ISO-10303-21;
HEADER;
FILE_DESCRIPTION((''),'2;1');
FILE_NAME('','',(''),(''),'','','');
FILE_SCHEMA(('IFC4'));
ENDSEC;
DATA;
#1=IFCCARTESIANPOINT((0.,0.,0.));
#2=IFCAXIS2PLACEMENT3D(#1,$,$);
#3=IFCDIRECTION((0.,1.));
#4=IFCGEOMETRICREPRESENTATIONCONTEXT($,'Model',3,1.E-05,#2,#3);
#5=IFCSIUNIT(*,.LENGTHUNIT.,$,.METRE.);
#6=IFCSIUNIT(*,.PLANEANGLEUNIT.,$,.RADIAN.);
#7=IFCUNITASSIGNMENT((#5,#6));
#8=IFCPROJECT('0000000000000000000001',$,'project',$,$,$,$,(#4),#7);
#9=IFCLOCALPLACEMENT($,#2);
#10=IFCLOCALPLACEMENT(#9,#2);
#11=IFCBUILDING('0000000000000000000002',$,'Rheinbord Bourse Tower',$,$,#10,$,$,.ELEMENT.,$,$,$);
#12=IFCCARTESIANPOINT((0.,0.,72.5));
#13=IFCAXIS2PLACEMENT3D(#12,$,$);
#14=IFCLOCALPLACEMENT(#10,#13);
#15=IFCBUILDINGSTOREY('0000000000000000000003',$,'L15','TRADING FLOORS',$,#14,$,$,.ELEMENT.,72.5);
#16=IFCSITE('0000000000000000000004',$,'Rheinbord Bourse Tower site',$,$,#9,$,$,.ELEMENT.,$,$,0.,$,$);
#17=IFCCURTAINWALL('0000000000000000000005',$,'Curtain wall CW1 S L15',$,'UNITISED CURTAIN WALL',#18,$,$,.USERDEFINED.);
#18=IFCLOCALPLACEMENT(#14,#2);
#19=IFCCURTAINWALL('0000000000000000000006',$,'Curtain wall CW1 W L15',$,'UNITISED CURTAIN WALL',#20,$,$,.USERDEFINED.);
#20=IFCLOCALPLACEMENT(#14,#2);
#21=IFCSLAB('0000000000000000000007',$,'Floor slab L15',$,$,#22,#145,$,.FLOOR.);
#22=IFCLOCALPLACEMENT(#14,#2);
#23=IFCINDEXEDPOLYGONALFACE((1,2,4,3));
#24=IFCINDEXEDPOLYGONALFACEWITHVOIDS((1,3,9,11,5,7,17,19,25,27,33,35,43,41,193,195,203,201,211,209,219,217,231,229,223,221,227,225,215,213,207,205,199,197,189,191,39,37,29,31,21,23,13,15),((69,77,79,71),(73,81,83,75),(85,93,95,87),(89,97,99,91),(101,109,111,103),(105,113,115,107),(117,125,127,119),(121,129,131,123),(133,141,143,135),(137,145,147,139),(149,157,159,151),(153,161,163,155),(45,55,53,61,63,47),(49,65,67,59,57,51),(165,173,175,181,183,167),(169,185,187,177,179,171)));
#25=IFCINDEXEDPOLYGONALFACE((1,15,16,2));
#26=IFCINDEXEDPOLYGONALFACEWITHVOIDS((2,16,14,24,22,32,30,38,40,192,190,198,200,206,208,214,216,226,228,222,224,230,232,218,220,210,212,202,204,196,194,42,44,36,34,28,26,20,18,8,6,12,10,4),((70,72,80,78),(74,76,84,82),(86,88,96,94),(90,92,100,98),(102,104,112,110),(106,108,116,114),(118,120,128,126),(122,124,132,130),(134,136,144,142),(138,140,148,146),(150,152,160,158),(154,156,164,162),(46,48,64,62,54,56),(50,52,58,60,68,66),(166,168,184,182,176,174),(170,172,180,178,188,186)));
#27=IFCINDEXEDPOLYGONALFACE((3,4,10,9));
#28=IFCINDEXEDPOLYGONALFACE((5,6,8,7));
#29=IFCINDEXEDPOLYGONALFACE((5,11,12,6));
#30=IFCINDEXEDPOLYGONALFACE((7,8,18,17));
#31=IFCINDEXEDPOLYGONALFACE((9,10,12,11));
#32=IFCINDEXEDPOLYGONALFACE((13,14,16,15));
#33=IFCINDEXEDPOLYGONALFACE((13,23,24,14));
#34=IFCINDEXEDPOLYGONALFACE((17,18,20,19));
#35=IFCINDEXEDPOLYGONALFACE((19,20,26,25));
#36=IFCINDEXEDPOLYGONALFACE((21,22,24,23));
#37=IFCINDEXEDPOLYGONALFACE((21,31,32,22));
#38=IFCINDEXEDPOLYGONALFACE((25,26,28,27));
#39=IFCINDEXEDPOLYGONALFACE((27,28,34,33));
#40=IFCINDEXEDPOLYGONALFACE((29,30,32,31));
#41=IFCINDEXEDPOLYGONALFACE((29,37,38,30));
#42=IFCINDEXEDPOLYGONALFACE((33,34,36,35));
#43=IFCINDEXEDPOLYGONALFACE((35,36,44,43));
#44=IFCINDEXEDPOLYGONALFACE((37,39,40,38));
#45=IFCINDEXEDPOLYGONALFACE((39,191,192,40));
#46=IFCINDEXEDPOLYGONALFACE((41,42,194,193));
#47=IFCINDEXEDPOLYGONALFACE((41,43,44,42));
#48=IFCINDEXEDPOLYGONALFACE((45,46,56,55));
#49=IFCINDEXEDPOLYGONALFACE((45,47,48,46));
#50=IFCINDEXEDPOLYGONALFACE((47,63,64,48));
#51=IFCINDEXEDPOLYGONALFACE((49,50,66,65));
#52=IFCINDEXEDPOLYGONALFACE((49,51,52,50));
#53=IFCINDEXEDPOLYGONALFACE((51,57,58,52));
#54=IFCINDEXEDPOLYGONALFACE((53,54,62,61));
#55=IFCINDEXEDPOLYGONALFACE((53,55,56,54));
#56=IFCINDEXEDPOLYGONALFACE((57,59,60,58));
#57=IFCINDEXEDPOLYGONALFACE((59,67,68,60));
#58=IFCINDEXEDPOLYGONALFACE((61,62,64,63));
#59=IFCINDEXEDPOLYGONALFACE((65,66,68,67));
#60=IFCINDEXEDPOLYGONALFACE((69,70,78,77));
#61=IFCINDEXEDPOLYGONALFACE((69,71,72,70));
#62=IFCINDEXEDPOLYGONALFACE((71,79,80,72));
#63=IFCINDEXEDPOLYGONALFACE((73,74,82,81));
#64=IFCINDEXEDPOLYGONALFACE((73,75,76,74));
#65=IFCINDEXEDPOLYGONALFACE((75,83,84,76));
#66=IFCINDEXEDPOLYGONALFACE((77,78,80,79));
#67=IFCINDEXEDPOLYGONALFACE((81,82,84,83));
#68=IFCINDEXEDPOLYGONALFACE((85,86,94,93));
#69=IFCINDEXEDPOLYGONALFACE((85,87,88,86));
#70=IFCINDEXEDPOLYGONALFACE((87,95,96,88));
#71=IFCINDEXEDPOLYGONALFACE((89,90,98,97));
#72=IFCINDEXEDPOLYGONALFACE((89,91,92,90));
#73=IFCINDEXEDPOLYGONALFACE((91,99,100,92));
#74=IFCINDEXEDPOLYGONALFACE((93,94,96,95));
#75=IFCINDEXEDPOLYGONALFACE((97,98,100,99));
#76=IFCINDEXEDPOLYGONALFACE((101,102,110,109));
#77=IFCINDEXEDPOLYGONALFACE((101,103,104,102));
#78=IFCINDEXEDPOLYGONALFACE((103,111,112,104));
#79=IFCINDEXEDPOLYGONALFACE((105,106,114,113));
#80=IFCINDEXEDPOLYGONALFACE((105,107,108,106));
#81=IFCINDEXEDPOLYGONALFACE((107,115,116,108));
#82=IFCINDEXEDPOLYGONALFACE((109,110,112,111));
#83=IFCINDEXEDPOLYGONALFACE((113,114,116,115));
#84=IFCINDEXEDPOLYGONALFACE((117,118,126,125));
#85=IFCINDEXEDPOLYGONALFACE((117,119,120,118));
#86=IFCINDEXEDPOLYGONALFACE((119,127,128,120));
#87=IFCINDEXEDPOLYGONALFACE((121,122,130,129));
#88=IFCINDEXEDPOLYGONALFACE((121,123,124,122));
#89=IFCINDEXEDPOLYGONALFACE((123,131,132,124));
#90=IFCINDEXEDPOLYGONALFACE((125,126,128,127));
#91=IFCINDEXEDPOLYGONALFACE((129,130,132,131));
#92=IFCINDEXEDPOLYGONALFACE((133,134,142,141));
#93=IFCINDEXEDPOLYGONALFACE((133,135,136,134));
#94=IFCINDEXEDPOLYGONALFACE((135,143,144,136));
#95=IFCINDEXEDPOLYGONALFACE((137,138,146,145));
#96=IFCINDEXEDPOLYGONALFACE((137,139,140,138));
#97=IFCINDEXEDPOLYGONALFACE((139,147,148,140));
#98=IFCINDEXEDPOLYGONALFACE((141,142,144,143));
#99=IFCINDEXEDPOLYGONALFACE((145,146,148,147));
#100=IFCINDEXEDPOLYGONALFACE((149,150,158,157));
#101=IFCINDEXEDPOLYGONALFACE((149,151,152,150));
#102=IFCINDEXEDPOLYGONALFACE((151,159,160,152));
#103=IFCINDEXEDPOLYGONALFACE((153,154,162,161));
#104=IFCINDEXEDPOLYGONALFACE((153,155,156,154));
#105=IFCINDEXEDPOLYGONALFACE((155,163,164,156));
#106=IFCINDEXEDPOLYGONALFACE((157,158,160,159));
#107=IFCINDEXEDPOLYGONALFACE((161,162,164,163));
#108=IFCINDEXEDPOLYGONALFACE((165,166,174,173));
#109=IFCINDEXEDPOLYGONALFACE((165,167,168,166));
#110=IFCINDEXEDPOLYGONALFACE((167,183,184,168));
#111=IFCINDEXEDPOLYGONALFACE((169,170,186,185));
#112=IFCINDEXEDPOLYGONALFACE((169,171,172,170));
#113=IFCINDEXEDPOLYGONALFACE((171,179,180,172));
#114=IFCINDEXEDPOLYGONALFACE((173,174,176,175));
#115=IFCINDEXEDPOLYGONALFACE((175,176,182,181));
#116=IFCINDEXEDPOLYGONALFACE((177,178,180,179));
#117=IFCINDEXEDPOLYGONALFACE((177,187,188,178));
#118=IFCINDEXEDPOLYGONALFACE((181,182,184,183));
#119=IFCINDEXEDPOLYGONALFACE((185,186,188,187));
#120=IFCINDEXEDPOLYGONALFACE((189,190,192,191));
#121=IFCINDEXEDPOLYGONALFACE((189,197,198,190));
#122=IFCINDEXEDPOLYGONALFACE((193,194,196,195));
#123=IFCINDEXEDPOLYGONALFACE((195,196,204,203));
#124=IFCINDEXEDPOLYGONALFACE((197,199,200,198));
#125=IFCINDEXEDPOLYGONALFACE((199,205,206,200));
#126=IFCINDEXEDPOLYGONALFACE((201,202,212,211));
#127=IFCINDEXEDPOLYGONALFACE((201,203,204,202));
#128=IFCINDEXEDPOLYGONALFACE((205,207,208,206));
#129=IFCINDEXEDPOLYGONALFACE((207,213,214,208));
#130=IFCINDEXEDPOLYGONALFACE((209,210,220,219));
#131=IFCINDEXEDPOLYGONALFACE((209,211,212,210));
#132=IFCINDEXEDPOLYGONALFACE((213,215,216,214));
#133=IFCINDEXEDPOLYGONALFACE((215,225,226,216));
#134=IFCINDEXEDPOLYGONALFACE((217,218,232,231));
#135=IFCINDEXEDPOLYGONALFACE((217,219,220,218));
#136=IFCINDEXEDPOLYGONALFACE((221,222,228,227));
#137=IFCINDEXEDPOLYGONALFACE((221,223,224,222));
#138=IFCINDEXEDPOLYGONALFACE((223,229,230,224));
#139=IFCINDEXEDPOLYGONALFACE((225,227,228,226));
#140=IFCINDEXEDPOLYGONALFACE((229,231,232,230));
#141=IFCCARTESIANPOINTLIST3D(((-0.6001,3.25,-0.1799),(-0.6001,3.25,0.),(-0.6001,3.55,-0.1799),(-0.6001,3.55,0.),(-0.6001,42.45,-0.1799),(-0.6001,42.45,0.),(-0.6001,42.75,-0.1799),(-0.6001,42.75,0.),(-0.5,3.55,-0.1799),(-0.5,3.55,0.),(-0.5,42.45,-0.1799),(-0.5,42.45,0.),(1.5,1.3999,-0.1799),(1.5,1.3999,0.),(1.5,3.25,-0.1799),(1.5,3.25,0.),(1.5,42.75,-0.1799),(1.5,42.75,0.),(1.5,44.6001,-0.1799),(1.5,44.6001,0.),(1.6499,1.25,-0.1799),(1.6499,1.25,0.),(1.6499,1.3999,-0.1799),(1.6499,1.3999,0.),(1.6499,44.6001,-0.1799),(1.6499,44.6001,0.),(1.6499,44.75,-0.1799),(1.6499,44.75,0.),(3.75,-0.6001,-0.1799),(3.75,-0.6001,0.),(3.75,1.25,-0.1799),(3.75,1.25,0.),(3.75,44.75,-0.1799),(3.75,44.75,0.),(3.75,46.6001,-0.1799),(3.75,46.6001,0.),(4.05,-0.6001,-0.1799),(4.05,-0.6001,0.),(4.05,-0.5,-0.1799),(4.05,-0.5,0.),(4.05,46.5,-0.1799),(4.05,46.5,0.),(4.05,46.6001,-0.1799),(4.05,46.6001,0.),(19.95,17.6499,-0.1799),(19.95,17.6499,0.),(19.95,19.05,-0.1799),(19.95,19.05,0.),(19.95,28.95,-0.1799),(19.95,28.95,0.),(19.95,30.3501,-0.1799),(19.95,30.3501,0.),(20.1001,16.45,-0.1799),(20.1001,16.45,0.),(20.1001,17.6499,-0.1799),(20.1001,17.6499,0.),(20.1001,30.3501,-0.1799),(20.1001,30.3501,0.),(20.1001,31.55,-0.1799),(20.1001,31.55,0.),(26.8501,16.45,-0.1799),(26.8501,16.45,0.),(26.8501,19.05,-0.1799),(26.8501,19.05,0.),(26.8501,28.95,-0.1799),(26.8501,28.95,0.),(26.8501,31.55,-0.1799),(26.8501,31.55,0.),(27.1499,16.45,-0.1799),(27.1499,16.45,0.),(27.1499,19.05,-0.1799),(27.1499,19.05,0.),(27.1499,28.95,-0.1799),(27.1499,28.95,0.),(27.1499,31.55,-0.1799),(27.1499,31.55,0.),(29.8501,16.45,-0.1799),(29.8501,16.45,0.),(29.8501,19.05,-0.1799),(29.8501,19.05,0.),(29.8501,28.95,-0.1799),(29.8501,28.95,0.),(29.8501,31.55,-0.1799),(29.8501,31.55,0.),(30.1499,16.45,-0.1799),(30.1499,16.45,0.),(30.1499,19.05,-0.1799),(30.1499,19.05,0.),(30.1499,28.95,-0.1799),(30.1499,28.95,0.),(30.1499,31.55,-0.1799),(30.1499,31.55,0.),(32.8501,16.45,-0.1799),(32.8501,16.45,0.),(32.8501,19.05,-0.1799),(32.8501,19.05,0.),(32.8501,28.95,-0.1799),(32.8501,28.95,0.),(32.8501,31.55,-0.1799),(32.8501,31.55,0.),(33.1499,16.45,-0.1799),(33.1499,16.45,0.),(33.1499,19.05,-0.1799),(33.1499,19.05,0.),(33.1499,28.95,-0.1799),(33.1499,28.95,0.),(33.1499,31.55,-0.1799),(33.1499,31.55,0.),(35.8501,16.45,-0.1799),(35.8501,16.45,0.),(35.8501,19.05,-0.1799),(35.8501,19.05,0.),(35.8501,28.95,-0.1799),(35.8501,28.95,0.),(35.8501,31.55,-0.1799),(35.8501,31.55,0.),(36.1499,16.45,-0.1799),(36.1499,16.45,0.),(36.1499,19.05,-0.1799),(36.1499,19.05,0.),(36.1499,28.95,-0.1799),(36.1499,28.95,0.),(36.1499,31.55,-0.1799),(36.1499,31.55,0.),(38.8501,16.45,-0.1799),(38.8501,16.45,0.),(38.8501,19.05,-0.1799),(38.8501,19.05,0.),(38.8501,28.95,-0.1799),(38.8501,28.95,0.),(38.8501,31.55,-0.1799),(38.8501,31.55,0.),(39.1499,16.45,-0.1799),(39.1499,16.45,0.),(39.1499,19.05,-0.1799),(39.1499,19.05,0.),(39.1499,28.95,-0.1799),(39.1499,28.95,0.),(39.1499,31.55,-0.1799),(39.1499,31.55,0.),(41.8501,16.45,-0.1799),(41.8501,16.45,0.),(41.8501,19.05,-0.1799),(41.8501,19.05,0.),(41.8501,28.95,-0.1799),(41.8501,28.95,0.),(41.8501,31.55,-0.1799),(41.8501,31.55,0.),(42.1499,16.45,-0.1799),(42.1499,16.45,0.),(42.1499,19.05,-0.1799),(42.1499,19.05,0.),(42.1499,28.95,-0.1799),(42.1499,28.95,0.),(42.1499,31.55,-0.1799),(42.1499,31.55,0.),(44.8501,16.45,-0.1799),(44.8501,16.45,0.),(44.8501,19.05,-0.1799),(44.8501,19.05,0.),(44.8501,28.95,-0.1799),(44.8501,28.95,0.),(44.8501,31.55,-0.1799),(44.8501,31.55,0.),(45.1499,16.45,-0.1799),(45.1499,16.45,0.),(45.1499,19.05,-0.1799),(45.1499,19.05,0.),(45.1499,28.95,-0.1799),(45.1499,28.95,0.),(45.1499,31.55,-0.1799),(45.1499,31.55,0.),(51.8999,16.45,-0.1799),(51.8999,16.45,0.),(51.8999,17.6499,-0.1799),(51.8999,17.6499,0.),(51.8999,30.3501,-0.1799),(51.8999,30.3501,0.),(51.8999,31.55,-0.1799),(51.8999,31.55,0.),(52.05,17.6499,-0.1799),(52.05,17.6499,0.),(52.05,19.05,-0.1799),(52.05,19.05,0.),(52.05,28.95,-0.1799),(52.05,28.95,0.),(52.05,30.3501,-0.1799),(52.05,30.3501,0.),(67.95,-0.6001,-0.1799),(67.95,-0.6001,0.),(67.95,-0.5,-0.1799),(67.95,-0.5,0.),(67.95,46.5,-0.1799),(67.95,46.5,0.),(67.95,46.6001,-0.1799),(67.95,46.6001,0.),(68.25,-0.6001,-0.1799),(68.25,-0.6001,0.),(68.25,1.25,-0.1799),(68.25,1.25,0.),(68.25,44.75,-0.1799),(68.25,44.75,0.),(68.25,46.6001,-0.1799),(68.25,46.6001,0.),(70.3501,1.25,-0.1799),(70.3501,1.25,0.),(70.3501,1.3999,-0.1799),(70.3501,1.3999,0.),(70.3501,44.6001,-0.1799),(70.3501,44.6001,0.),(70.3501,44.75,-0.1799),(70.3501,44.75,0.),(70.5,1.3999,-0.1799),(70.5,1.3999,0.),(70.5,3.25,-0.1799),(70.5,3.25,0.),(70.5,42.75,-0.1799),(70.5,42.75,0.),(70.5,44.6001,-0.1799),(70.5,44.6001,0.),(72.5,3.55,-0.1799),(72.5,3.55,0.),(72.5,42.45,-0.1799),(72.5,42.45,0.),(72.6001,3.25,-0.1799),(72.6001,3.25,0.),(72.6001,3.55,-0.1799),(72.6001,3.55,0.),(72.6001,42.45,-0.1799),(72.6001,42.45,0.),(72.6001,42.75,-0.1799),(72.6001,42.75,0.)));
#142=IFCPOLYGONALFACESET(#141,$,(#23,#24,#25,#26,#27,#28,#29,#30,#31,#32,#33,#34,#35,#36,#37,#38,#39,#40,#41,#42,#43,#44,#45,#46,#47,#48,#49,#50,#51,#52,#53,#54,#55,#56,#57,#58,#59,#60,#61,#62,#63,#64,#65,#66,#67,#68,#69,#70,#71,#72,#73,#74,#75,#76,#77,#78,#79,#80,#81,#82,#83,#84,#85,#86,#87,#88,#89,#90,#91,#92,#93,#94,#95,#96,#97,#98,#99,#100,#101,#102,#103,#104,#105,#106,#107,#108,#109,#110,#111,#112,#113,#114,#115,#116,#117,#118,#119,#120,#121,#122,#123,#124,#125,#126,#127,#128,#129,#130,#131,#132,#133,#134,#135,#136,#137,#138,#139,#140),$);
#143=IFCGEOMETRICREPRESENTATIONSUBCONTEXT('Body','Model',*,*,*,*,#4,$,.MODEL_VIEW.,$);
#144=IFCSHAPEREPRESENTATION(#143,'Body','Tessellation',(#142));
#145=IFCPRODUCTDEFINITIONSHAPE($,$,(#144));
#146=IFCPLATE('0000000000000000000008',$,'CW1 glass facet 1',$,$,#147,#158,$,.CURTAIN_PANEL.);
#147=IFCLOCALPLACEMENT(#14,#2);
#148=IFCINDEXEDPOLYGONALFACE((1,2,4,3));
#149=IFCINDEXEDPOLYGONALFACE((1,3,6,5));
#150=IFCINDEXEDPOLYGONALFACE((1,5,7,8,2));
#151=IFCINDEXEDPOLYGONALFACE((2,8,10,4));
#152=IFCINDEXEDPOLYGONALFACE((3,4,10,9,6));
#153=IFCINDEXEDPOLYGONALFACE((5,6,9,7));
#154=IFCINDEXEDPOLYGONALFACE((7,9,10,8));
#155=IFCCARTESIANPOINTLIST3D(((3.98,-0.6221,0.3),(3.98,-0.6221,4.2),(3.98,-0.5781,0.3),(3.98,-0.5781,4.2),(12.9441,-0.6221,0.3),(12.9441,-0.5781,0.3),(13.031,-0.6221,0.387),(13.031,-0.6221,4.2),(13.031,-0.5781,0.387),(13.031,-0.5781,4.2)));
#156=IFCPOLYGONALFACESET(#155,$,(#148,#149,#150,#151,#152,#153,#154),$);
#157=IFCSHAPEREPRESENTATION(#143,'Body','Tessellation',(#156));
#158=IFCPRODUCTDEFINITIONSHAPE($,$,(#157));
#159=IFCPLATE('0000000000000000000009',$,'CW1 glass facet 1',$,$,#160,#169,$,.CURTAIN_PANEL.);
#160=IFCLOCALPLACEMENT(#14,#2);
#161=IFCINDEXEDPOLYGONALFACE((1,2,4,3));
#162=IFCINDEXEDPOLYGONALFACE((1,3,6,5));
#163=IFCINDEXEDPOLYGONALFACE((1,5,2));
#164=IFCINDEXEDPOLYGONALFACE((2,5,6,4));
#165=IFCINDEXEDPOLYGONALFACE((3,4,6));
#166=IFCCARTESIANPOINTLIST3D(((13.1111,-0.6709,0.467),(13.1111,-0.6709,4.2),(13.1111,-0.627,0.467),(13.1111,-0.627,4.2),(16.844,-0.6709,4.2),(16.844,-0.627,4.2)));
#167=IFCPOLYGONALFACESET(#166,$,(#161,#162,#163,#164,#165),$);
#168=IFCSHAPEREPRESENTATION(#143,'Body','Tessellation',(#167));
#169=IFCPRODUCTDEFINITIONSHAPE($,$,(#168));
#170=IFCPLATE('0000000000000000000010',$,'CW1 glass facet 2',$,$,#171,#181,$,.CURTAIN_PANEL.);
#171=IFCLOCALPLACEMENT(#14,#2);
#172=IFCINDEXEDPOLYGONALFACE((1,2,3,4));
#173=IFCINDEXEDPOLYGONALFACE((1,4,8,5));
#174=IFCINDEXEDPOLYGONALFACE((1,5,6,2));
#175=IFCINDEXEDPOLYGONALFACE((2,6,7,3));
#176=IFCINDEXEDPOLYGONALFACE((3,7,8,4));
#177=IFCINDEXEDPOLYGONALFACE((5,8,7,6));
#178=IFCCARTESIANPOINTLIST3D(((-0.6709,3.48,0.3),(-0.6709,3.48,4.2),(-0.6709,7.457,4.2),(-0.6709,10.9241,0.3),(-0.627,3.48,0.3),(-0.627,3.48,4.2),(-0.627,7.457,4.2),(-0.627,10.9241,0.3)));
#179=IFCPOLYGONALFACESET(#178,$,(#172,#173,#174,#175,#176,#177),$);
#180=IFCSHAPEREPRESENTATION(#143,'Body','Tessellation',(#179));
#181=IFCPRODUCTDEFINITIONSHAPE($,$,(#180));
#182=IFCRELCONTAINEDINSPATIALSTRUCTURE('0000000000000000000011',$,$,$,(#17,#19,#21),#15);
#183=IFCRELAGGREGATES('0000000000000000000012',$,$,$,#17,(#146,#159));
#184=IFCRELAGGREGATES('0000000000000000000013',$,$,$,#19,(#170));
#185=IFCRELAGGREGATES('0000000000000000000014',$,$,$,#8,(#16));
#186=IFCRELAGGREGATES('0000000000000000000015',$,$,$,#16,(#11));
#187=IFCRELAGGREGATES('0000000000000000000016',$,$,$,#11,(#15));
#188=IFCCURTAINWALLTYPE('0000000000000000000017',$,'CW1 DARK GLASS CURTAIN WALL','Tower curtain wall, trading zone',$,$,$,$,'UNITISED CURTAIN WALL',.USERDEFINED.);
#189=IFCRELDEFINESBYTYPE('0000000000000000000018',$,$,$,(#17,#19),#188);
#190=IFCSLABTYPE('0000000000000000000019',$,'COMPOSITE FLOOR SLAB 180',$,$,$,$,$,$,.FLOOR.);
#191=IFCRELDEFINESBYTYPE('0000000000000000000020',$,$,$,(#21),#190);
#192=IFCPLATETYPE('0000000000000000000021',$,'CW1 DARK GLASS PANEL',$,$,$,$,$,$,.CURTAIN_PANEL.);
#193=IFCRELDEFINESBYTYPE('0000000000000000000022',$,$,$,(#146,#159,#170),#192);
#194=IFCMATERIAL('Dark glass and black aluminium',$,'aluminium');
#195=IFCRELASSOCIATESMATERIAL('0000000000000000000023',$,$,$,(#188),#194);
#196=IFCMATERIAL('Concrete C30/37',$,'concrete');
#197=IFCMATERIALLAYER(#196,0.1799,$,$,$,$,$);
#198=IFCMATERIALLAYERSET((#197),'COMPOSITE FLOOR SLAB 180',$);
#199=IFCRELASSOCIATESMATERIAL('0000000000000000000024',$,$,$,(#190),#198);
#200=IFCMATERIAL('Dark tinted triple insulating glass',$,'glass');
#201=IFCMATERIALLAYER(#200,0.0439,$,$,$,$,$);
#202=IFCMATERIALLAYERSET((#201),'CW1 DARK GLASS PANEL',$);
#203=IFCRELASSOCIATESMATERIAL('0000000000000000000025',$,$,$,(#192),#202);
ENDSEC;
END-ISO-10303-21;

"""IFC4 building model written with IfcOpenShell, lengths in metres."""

from ifc_helpers import new_model, si_unit, direction, frame, origin, place, context, subcontext, project, spatial, polyline, outline, extrude, material, layer, layer_set, type_object, element, aggregate, save


model = new_model("IFC4")

# Units and contexts
model_context = context("Model", 3, precision=1e-05, world=origin(), true_north=direction((0.0, 1.0)))
body_context = subcontext(model_context, "Body", "Model", "MODEL_VIEW")
ifc_project = project(units=[si_unit("LENGTHUNIT", "METRE"), si_unit("PLANEANGLEUNIT", "RADIAN")], contexts=[model_context])

# Site, building, storey
site_placement = place(None, origin())
site = spatial("IfcSite", under=ifc_project, at=site_placement, Name="Rheinbord Bourse Tower site", CompositionType="ELEMENT", RefElevation=0.0)
building_placement = place(site_placement, origin())
building = spatial("IfcBuilding", under=site, at=building_placement, Name="Rheinbord Bourse Tower", CompositionType="ELEMENT")
storey_placement = place(building_placement, frame((0.0, 0.0, 72.5)))
storey = spatial("IfcBuildingStorey", under=building, at=storey_placement, Name="L15", Description="TRADING FLOORS", CompositionType="ELEMENT", Elevation=72.5)

# Curtain wall
ifc_material_1 = material(Name="Dark glass and black aluminium", Category="aluminium")
curtain_wall_type = type_object("IfcCurtainWallType", Name="CW1 DARK GLASS CURTAIN WALL", Description="Tower curtain wall, trading zone", ElementType="UNITISED CURTAIN WALL", PredefinedType="USERDEFINED", material=ifc_material_1)
curtain_wall_1_placement = place(storey_placement, origin())
curtain_wall_1 = element("IfcCurtainWall", 1, at=curtain_wall_1_placement, inside=storey, type_object=curtain_wall_type, Name="Curtain wall CW1 S L15", ObjectType="UNITISED CURTAIN WALL", PredefinedType="USERDEFINED")

# Curtain wall
curtain_wall_2_placement = place(storey_placement, origin())
curtain_wall_2 = element("IfcCurtainWall", 2, at=curtain_wall_2_placement, inside=storey, type_object=curtain_wall_type, Name="Curtain wall CW1 W L15", ObjectType="UNITISED CURTAIN WALL", PredefinedType="USERDEFINED")

# Slab
ifc_material_2 = material(Name="Concrete C30/37", Category="concrete")
ifc_layer_1 = layer(ifc_material_2, 0.1799)
ifc_layer_set_1 = layer_set([ifc_layer_1], Name="COMPOSITE FLOOR SLAB 180")
slab_type_1 = type_object("IfcSlabType", Name="COMPOSITE FLOOR SLAB 180", PredefinedType="FLOOR", material=ifc_layer_set_1)
slab_1_placement = place(storey_placement, frame((0.0, 0.0, -0.1799)))
element("IfcSlab", 3, at=slab_1_placement, inside=storey, type_object=slab_type_1, Name="Floor slab L15", PredefinedType="FLOOR", context=body_context, shape_type="SweptSolid", body=[
    extrude(outline(polyline([(1.6499, 1.3999), (1.5, 1.3999), (1.5, 3.25), (-0.6001, 3.25), (-0.6001, 3.55), (-0.5, 3.55), (-0.5, 42.45), (-0.6001, 42.45), (-0.6001, 42.75), (1.5, 42.75), (1.5, 44.6001), (1.6499, 44.6001), (1.6499, 44.75), (3.75, 44.75), (3.75, 46.6001), (4.05, 46.6001), (4.05, 46.5), (67.95, 46.5), (67.95, 46.6001), (68.25, 46.6001), (68.25, 44.75), (70.3501, 44.75), (70.3501, 44.6001), (70.5, 44.6001), (70.5, 42.75), (72.6001, 42.75), (72.6001, 42.45), (72.5, 42.45), (72.5, 3.55), (72.6001, 3.55), (72.6001, 3.25), (70.5, 3.25), (70.5, 1.3999), (70.3501, 1.3999), (70.3501, 1.25), (68.25, 1.25), (68.25, -0.6001), (67.95, -0.6001), (67.95, -0.5), (4.05, -0.5), (4.05, -0.6001), (3.75, -0.6001), (3.75, 1.25), (1.6499, 1.25), (1.6499, 1.3999)]), holes=[polyline([(19.95, 19.05), (26.8501, 19.05), (26.8501, 16.45), (20.1001, 16.45), (20.1001, 17.6499), (19.95, 17.6499), (19.95, 19.05)]), polyline([(26.8501, 31.55), (26.8501, 28.95), (19.95, 28.95), (19.95, 30.3501), (20.1001, 30.3501), (20.1001, 31.55), (26.8501, 31.55)]), polyline([(45.1499, 16.45), (45.1499, 19.05), (52.05, 19.05), (52.05, 17.6499), (51.8999, 17.6499), (51.8999, 16.45), (45.1499, 16.45)]), polyline([(52.05, 28.95), (45.1499, 28.95), (45.1499, 31.55), (51.8999, 31.55), (51.8999, 30.3501), (52.05, 30.3501), (52.05, 28.95)]), polyline([(27.1499, 16.45), (27.1499, 19.05), (29.8501, 19.05), (29.8501, 16.45), (27.1499, 16.45)]), polyline([(27.1499, 28.95), (27.1499, 31.55), (29.8501, 31.55), (29.8501, 28.95), (27.1499, 28.95)]), polyline([(30.1499, 16.45), (30.1499, 19.05), (32.8501, 19.05), (32.8501, 16.45), (30.1499, 16.45)]), polyline([(30.1499, 28.95), (30.1499, 31.55), (32.8501, 31.55), (32.8501, 28.95), (30.1499, 28.95)]), polyline([(33.1499, 16.45), (33.1499, 19.05), (35.8501, 19.05), (35.8501, 16.45), (33.1499, 16.45)]), polyline([(33.1499, 28.95), (33.1499, 31.55), (35.8501, 31.55), (35.8501, 28.95), (33.1499, 28.95)]), polyline([(36.1499, 16.45), (36.1499, 19.05), (38.8501, 19.05), (38.8501, 16.45), (36.1499, 16.45)]), polyline([(36.1499, 28.95), (36.1499, 31.55), (38.8501, 31.55), (38.8501, 28.95), (36.1499, 28.95)]), polyline([(39.1499, 16.45), (39.1499, 19.05), (41.8501, 19.05), (41.8501, 16.45), (39.1499, 16.45)]), polyline([(39.1499, 28.95), (39.1499, 31.55), (41.8501, 31.55), (41.8501, 28.95), (39.1499, 28.95)]), polyline([(42.1499, 16.45), (42.1499, 19.05), (44.8501, 19.05), (44.8501, 16.45), (42.1499, 16.45)]), polyline([(42.1499, 28.95), (42.1499, 31.55), (44.8501, 31.55), (44.8501, 28.95), (42.1499, 28.95)])]), origin(), (0.0, 0.0, 1.0), 0.1799),
])

# Plates
ifc_material_3 = material(Name="Dark tinted triple insulating glass", Category="glass")
ifc_layer_2 = layer(ifc_material_3, 0.0439)
ifc_layer_set_2 = layer_set([ifc_layer_2], Name="CW1 DARK GLASS PANEL")
plate_type = type_object("IfcPlateType", Name="CW1 DARK GLASS PANEL", PredefinedType="CURTAIN_PANEL", material=ifc_layer_set_2)
plate_1_placement = place(storey_placement, frame((3.98, -0.6221, 0.3), z_axis=(0.0, 1.0, 0.0), x_axis=(0.0, 0.0, 1.0)))
plate_1 = element("IfcPlate", 4, at=plate_1_placement, type_object=plate_type, Name="CW1 glass facet 1", PredefinedType="CURTAIN_PANEL", context=body_context, shape_type="SweptSolid", body=[
    extrude(outline(polyline([(0.0, 0.0), (3.8999, 0.0), (3.8999, 9.051), (0.0869, 9.051), (0.0, 8.9641), (0.0, 0.0)])), origin(), (0.0, 0.0, 1.0), 0.0439),
])
plate_2_placement = place(storey_placement, frame((13.1111, -0.6709, 4.2), z_axis=(0.0, 1.0, 0.0), x_axis=(1.0, 0.0, 0.0)))
plate_2 = element("IfcPlate", 5, at=plate_2_placement, type_object=plate_type, Name="CW1 glass facet 1", PredefinedType="CURTAIN_PANEL", context=body_context, shape_type="SweptSolid", body=[
    extrude(outline(polyline([(0.0, 0.0), (3.7329, 0.0), (0.0, 3.7329), (0.0, 0.0)])), origin(), (0.0, 0.0, 1.0), 0.0439),
])
aggregate(curtain_wall_1, [plate_1, plate_2])
plate_3_placement = place(storey_placement, frame((-0.6709, 3.48, 4.2), z_axis=(1.0, 0.0, 0.0), x_axis=(0.0, 0.0, -1.0)))
plate_3 = element("IfcPlate", 6, at=plate_3_placement, type_object=plate_type, Name="CW1 glass facet 2", PredefinedType="CURTAIN_PANEL", context=body_context, shape_type="SweptSolid", body=[
    extrude(outline(polyline([(0.0, 0.0), (3.8999, 0.0), (3.8999, 7.4441), (0.0, 3.9771), (0.0, 0.0)])), origin(), (0.0, 0.0, 1.0), 0.0439),
])
aggregate(curtain_wall_2, [plate_3])

save(model, "model.ifc")
